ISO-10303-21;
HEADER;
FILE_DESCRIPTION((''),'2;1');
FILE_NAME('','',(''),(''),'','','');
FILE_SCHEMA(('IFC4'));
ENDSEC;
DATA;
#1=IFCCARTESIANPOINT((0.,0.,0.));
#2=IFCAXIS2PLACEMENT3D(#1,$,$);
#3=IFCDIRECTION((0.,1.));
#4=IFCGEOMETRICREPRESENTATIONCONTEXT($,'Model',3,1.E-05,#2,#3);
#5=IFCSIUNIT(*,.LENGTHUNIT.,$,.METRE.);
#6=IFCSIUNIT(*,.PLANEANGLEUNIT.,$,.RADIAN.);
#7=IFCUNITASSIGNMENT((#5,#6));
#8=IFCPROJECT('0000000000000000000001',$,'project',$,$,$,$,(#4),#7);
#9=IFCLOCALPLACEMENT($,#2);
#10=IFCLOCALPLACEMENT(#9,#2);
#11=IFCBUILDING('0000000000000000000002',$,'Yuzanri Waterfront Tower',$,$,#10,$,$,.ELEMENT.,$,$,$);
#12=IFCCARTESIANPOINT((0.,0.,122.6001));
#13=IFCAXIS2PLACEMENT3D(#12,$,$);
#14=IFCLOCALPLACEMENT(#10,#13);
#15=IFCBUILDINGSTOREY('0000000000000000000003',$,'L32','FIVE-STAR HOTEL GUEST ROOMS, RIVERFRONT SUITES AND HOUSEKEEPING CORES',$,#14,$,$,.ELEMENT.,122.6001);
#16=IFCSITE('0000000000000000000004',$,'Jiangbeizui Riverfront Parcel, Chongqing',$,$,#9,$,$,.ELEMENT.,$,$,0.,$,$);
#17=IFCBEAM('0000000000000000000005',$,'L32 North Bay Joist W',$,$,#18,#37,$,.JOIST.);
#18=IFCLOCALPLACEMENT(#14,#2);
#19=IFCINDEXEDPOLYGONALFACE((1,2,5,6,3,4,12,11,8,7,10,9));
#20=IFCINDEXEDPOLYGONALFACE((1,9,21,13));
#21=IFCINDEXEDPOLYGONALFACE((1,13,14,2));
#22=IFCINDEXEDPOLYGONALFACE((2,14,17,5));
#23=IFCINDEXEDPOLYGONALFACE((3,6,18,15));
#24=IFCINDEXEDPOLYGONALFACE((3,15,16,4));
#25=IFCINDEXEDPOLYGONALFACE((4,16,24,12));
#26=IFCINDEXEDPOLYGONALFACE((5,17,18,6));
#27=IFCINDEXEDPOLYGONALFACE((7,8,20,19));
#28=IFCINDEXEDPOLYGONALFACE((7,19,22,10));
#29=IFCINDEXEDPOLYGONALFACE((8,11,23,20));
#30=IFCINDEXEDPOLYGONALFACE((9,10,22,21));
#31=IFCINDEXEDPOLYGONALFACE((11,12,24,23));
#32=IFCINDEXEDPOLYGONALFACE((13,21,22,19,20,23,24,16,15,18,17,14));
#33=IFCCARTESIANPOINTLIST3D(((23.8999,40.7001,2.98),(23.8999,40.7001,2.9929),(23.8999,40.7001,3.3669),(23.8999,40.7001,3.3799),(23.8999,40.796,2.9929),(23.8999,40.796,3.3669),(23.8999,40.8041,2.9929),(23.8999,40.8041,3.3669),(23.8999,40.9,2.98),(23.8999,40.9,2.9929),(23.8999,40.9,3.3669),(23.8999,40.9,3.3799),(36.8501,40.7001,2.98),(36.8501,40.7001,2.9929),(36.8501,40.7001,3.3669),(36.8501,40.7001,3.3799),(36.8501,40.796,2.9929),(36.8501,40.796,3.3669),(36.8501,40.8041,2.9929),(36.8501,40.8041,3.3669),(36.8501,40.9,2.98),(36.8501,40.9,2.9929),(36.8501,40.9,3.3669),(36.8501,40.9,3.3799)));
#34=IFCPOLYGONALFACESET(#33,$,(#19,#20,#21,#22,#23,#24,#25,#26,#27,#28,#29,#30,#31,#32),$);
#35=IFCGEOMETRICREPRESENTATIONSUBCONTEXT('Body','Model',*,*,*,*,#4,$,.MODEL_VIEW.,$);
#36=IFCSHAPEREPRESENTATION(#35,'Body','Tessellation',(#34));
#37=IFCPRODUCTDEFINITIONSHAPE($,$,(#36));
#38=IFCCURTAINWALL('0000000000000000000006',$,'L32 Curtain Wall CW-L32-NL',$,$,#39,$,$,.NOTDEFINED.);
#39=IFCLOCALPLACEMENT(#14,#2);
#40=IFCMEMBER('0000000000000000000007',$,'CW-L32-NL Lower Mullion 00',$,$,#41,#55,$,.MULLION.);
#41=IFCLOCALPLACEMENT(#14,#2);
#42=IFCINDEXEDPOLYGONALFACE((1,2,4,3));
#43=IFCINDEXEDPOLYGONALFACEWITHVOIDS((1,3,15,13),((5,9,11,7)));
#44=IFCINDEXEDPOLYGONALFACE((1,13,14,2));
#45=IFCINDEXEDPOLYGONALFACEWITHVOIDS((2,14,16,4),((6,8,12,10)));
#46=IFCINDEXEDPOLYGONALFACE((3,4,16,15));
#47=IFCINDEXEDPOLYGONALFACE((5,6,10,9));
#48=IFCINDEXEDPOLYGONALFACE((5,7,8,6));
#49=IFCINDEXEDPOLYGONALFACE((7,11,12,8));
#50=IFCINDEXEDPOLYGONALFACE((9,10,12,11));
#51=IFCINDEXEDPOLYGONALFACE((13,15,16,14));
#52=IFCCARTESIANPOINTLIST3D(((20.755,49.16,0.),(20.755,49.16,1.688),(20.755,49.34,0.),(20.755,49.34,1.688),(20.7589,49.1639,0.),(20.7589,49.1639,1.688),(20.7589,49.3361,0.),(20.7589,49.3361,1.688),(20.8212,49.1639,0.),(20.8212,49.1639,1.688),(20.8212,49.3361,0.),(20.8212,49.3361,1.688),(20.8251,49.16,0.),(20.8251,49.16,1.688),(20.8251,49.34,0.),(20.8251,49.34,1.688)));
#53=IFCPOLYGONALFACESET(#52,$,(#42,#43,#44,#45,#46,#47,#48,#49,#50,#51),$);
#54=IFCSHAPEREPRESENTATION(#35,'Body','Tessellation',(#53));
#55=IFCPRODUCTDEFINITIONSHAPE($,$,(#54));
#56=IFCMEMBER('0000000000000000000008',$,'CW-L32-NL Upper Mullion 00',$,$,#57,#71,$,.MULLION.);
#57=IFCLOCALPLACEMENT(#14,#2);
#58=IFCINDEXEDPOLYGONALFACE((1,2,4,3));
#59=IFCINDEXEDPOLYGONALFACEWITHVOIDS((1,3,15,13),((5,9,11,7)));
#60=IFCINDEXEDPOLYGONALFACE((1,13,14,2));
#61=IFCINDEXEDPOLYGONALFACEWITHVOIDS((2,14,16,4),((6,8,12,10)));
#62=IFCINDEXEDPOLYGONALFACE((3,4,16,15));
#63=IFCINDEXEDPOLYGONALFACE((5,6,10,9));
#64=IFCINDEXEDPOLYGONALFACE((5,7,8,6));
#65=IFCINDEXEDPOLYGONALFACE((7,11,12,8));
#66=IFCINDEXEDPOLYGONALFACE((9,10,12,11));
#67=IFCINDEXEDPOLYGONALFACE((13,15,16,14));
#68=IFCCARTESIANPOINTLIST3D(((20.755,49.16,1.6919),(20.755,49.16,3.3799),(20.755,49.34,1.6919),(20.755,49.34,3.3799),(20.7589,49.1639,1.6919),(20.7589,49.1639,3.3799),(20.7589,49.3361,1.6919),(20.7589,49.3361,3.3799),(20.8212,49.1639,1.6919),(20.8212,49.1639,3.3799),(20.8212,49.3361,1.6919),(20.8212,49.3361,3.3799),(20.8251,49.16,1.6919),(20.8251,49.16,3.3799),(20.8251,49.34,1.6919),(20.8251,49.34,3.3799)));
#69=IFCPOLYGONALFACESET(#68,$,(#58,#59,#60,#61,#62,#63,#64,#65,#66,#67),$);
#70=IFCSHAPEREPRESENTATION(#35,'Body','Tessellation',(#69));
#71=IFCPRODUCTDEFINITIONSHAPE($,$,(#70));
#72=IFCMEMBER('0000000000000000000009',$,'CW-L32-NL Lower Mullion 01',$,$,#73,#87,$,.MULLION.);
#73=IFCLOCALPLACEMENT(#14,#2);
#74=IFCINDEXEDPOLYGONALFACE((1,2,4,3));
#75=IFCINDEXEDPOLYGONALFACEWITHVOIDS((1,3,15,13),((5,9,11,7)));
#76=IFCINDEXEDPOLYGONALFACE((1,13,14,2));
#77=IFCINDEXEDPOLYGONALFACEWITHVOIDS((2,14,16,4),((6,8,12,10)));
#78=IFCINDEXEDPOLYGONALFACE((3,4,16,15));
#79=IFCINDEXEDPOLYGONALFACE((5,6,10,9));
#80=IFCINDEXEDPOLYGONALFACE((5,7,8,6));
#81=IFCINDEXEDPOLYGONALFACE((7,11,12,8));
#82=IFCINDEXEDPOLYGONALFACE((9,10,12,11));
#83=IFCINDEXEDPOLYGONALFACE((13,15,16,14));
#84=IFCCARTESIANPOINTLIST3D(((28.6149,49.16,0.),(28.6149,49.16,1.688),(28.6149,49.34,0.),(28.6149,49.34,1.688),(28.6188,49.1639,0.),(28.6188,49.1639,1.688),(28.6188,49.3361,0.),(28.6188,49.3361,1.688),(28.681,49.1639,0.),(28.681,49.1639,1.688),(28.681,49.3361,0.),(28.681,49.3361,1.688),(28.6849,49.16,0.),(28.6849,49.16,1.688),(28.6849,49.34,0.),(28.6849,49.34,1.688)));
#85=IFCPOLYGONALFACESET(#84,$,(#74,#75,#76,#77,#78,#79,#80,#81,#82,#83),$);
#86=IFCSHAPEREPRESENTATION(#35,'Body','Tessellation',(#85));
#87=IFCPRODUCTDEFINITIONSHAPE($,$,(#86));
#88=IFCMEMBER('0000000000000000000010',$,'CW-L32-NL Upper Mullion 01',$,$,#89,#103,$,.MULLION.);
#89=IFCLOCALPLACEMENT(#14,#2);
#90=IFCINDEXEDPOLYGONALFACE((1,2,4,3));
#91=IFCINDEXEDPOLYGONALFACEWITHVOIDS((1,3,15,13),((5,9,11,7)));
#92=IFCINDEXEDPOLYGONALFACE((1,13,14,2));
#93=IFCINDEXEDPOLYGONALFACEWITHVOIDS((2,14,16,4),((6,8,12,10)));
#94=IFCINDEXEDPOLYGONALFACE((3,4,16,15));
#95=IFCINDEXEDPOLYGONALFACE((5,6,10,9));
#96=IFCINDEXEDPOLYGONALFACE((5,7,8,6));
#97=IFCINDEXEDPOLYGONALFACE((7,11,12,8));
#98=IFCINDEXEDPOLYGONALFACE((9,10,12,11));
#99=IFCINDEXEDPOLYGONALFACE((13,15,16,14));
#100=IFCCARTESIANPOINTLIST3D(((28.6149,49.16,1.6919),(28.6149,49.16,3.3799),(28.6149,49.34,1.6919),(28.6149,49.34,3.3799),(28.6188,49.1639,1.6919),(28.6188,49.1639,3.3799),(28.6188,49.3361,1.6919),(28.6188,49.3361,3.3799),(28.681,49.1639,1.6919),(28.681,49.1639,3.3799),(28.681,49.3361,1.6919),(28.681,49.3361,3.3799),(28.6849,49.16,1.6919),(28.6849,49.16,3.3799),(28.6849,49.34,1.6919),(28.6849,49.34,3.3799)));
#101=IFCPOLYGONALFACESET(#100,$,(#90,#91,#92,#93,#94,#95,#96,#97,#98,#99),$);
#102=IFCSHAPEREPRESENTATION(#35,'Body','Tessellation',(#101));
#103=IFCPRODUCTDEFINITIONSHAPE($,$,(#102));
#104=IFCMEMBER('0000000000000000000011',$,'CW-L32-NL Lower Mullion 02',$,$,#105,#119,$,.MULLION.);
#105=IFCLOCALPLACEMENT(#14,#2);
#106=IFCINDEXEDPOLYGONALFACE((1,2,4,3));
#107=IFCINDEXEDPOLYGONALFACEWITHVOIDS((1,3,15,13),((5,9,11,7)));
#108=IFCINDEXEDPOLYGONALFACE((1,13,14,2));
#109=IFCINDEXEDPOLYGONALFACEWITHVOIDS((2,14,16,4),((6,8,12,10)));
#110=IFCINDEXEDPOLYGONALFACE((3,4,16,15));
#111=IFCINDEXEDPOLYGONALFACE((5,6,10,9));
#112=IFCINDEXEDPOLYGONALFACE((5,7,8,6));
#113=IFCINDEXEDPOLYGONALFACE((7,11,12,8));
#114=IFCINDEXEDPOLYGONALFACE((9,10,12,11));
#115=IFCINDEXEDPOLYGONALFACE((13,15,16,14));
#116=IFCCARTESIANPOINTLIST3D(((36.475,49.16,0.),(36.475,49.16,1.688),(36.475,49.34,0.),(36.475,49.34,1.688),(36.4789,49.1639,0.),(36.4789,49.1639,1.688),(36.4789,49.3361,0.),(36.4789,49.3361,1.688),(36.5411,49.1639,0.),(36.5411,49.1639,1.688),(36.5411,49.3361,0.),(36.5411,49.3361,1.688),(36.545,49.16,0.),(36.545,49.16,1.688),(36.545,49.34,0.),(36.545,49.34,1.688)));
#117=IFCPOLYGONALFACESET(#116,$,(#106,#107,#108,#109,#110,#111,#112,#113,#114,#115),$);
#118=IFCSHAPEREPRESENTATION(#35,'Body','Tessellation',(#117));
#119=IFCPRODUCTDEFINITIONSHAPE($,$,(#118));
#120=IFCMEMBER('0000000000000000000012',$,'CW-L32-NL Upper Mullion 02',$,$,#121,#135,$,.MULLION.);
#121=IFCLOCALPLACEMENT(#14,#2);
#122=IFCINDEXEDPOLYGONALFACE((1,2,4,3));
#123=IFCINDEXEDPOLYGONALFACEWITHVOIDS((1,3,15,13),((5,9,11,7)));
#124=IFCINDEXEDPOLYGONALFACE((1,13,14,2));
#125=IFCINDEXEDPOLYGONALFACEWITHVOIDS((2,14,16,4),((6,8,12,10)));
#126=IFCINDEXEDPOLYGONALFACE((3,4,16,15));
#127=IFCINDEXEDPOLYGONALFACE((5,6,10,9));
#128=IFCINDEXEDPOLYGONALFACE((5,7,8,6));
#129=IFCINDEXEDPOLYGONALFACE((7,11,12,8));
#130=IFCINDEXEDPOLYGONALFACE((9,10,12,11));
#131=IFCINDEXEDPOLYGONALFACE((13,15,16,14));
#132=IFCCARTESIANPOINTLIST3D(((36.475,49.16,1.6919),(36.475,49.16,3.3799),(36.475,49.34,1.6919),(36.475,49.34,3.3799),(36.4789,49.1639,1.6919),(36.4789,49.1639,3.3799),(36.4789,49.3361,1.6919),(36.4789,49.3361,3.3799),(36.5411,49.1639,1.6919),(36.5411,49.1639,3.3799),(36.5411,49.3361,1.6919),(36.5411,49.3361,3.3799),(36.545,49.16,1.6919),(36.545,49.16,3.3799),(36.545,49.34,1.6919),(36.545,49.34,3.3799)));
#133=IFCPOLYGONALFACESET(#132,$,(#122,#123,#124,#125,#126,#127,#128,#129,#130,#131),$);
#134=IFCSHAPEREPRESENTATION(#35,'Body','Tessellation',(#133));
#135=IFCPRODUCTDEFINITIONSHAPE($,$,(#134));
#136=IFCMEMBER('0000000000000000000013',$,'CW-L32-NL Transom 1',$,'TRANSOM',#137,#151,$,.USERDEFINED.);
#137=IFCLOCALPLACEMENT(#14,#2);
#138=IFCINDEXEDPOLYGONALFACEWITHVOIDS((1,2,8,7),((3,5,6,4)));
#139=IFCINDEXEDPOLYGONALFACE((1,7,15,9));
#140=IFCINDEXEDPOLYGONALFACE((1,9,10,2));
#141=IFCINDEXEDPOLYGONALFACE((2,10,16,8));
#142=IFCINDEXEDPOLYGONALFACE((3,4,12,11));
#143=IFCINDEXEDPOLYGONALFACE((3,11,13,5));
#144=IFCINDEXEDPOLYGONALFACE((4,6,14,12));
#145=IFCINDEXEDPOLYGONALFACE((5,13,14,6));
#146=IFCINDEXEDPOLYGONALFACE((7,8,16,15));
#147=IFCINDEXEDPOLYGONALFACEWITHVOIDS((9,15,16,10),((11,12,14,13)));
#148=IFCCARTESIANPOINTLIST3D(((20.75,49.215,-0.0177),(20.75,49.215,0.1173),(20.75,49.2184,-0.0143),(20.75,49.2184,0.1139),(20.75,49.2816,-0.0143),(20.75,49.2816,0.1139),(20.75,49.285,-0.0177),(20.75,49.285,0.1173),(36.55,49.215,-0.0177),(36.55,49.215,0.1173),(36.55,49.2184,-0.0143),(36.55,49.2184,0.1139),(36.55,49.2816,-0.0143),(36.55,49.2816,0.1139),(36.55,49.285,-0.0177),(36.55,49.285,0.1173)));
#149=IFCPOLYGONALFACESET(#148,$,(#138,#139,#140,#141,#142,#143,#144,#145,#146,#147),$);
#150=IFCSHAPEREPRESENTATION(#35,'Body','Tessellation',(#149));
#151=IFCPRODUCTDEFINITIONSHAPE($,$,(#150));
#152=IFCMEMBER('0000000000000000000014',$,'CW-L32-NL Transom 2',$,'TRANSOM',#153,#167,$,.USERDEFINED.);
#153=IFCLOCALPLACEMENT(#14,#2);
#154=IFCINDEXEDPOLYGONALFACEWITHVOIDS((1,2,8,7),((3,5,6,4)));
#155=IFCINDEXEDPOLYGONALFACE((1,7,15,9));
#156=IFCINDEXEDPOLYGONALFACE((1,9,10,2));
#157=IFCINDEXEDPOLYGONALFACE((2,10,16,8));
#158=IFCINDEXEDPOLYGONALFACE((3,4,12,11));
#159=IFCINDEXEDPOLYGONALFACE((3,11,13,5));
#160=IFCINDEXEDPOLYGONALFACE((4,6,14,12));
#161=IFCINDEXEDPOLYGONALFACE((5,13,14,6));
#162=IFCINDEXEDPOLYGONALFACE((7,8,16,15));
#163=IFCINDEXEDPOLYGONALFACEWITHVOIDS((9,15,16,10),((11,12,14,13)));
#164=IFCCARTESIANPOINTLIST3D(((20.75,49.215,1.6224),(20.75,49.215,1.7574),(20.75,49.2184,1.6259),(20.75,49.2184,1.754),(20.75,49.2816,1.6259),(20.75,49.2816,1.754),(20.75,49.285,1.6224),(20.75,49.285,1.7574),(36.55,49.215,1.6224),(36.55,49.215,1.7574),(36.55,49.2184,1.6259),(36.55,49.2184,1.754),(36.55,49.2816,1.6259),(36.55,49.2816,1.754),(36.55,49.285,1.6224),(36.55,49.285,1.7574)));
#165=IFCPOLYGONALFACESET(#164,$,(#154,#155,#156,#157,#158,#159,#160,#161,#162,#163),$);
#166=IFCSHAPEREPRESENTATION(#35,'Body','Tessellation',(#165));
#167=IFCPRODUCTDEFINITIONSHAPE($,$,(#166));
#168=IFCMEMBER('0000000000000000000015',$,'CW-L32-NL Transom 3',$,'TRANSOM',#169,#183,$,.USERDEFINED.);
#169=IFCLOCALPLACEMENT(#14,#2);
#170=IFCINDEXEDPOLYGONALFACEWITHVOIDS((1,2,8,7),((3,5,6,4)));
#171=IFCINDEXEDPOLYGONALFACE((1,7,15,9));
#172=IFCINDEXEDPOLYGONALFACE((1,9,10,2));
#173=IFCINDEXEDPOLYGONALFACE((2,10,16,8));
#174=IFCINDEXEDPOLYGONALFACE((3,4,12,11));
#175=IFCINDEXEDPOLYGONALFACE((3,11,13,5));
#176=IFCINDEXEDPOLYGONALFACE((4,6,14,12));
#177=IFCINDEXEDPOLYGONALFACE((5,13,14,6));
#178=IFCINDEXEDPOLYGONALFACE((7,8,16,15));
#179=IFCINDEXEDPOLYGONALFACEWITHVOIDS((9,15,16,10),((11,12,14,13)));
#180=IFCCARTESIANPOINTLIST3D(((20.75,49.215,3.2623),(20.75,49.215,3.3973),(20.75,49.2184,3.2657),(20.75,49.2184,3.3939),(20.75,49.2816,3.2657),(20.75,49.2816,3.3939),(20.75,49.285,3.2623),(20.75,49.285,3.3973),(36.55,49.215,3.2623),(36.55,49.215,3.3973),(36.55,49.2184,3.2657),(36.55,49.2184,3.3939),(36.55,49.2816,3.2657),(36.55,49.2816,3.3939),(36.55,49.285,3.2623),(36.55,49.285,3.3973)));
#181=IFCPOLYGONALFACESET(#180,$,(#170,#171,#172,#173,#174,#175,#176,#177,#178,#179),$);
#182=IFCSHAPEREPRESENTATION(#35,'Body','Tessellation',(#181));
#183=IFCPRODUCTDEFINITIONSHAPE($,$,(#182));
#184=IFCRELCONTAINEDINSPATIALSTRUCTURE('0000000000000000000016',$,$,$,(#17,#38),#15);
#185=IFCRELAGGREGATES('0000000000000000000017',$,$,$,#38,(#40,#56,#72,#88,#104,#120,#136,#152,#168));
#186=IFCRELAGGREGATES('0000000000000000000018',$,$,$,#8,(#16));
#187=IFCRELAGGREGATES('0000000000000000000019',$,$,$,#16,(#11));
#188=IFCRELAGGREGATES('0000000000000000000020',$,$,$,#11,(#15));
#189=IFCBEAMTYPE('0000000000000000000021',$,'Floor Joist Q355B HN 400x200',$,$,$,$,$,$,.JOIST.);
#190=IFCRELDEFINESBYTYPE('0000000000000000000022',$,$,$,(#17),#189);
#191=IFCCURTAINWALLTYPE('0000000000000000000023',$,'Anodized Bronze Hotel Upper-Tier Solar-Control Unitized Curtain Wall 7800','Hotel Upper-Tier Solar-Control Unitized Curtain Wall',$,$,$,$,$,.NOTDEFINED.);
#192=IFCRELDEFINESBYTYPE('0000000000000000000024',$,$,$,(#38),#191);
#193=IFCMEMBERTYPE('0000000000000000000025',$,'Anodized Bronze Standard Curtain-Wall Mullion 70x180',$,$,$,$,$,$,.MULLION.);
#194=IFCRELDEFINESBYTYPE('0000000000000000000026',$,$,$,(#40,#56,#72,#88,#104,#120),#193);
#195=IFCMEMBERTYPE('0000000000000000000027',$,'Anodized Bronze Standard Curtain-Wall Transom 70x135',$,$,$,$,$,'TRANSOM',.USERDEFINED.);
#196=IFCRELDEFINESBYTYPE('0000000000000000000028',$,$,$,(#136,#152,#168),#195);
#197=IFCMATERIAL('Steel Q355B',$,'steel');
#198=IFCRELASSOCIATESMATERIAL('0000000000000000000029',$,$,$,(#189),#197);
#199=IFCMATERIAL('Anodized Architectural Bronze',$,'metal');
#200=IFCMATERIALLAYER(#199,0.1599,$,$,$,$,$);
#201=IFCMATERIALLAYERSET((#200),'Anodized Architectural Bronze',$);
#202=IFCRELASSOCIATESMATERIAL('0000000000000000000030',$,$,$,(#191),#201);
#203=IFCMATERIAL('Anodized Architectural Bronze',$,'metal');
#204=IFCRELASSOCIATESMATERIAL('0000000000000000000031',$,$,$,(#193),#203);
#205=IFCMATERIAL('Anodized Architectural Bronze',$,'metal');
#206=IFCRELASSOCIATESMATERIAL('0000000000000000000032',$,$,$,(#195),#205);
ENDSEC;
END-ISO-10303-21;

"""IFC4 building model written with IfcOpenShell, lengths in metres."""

from ifc_helpers import new_model, si_unit, direction, frame, origin, origin_2d, place, context, subcontext, project, spatial, hollow_rectangle, i_section, extrude, source, transform, mapped, material, layer, layer_set, material_profile, profile_set, type_object, element, aggregate, save


model = new_model("IFC4")

# Units and contexts
model_context = context("Model", 3, precision=1e-05, world=origin(), true_north=direction((0.0, 1.0)))
body_context = subcontext(model_context, "Body", "Model", "MODEL_VIEW")
ifc_project = project(units=[si_unit("LENGTHUNIT", "METRE"), si_unit("PLANEANGLEUNIT", "RADIAN")], contexts=[model_context])

# Site, building, storey
site_placement = place(None, origin())
site = spatial("IfcSite", under=ifc_project, at=site_placement, Name="Jiangbeizui Riverfront Parcel, Chongqing", CompositionType="ELEMENT", RefElevation=0.0)
building_placement = place(site_placement, origin())
building = spatial("IfcBuilding", under=site, at=building_placement, Name="Yuzanri Waterfront Tower", CompositionType="ELEMENT")
storey_placement = place(building_placement, frame((0.0, 0.0, 122.6001)))
storey = spatial("IfcBuildingStorey", under=building, at=storey_placement, Name="L32", Description="FIVE-STAR HOTEL GUEST ROOMS, RIVERFRONT SUITES AND HOUSEKEEPING CORES", CompositionType="ELEMENT", Elevation=122.6001)

# Beam
ifc_material_1 = material(Name="Steel Q355B", Category="steel")
ifc_material_profile_1 = material_profile(ifc_material_1, i_section(OverallWidth=0.2, OverallDepth=0.3999, WebThickness=0.0081, FlangeThickness=0.0129, at=origin_2d()), Name="HN 400x200x8x13")
ifc_profile_set_1 = profile_set([ifc_material_profile_1], Name="Steel Q355B")
beam_type = type_object("IfcBeamType", Name="Floor Joist Q355B HN 400x200", PredefinedType="JOIST", material=ifc_profile_set_1)
shared_shape_1 = source(origin(), body_context, "Body", "SweptSolid", [
    extrude(i_section(OverallWidth=0.2, OverallDepth=0.3999, WebThickness=0.0081, FlangeThickness=0.0129, at=origin_2d()), origin(), (0.0, 0.0, 1.0), 12.9502),
])
beam_placement = place(storey_placement, frame((23.8999, 40.8, 3.1799), z_axis=(1.0, 0.0, 0.0), x_axis=(0.0, 1.0, 0.0)))
element("IfcBeam", 1, at=beam_placement, inside=storey, type_object=beam_type, Name="L32 North Bay Joist W", PredefinedType="JOIST", context=body_context, shape_type="MappedRepresentation", body=[
    mapped(shared_shape_1, transform((0.0, 0.0, 0.0), scale=1.0)),
])

# Curtain wall, members
ifc_material_2 = material(Name="Anodized Architectural Bronze", Category="metal")
ifc_layer_1 = layer(ifc_material_2, 0.1599)
ifc_layer_set_1 = layer_set([ifc_layer_1], Name="Anodized Architectural Bronze")
curtain_wall_type = type_object("IfcCurtainWallType", Name="Anodized Bronze Hotel Upper-Tier Solar-Control Unitized Curtain Wall 7800", Description="Hotel Upper-Tier Solar-Control Unitized Curtain Wall", PredefinedType="NOTDEFINED", material=ifc_layer_set_1)
curtain_wall_placement = place(storey_placement, origin())
curtain_wall = element("IfcCurtainWall", 2, at=curtain_wall_placement, inside=storey, type_object=curtain_wall_type, Name="L32 Curtain Wall CW-L32-NL", PredefinedType="NOTDEFINED")
ifc_material_3 = material(Name="Anodized Architectural Bronze", Category="metal")
ifc_material_profile_2 = material_profile(ifc_material_3, hollow_rectangle(XDim=0.0701, YDim=0.1799, WallThickness=0.0039, at=origin_2d()), Name="CWM 70x180")
ifc_profile_set_2 = profile_set([ifc_material_profile_2], Name="Anodized Architectural Bronze")
member_type_1 = type_object("IfcMemberType", Name="Anodized Bronze Standard Curtain-Wall Mullion 70x180", PredefinedType="MULLION", material=ifc_profile_set_2)
shared_shape_2 = source(origin(), body_context, "Body", "SweptSolid", [
    extrude(hollow_rectangle(XDim=0.0701, YDim=0.1799, WallThickness=0.0039, at=origin_2d()), origin(), (0.0, 0.0, 1.0), 1.688),
])
member_1_placement = place(storey_placement, frame((20.79, 49.25, 0.0), z_axis=(0.0, 0.0, 1.0), x_axis=(1.0, 0.0, 0.0)))
member_1 = element("IfcMember", 3, at=member_1_placement, type_object=member_type_1, Name="CW-L32-NL Lower Mullion 00", PredefinedType="MULLION", context=body_context, shape_type="MappedRepresentation", body=[
    mapped(shared_shape_2, transform((0.0, 0.0, 0.0), scale=1.0)),
])
member_2_placement = place(storey_placement, frame((20.79, 49.25, 1.6919), z_axis=(0.0, 0.0, 1.0), x_axis=(1.0, 0.0, 0.0)))
member_2 = element("IfcMember", 4, at=member_2_placement, type_object=member_type_1, Name="CW-L32-NL Upper Mullion 00", PredefinedType="MULLION", context=body_context, shape_type="MappedRepresentation", body=[
    mapped(shared_shape_2, transform((0.0, 0.0, 0.0), scale=1.0)),
])
member_3_placement = place(storey_placement, frame((28.6499, 49.25, 0.0), z_axis=(0.0, 0.0, 1.0), x_axis=(1.0, 0.0, 0.0)))
member_3 = element("IfcMember", 5, at=member_3_placement, type_object=member_type_1, Name="CW-L32-NL Lower Mullion 01", PredefinedType="MULLION", context=body_context, shape_type="MappedRepresentation", body=[
    mapped(shared_shape_2, transform((0.0, 0.0, 0.0), scale=1.0)),
])
member_4_placement = place(storey_placement, frame((28.6499, 49.25, 1.6919), z_axis=(0.0, 0.0, 1.0), x_axis=(1.0, 0.0, 0.0)))
member_4 = element("IfcMember", 6, at=member_4_placement, type_object=member_type_1, Name="CW-L32-NL Upper Mullion 01", PredefinedType="MULLION", context=body_context, shape_type="MappedRepresentation", body=[
    mapped(shared_shape_2, transform((0.0, 0.0, 0.0), scale=1.0)),
])
member_5_placement = place(storey_placement, frame((36.51, 49.25, 0.0), z_axis=(0.0, 0.0, 1.0), x_axis=(1.0, 0.0, 0.0)))
member_5 = element("IfcMember", 7, at=member_5_placement, type_object=member_type_1, Name="CW-L32-NL Lower Mullion 02", PredefinedType="MULLION", context=body_context, shape_type="MappedRepresentation", body=[
    mapped(shared_shape_2, transform((0.0, 0.0, 0.0), scale=1.0)),
])
member_6_placement = place(storey_placement, frame((36.51, 49.25, 1.6919), z_axis=(0.0, 0.0, 1.0), x_axis=(1.0, 0.0, 0.0)))
member_6 = element("IfcMember", 8, at=member_6_placement, type_object=member_type_1, Name="CW-L32-NL Upper Mullion 02", PredefinedType="MULLION", context=body_context, shape_type="MappedRepresentation", body=[
    mapped(shared_shape_2, transform((0.0, 0.0, 0.0), scale=1.0)),
])
ifc_material_4 = material(Name="Anodized Architectural Bronze", Category="metal")
ifc_material_profile_3 = material_profile(ifc_material_4, hollow_rectangle(XDim=0.0701, YDim=0.135, WallThickness=0.0034, at=origin_2d()), Name="CWT 70x135")
ifc_profile_set_3 = profile_set([ifc_material_profile_3], Name="Anodized Architectural Bronze")
member_type_2 = type_object("IfcMemberType", Name="Anodized Bronze Standard Curtain-Wall Transom 70x135", ElementType="TRANSOM", PredefinedType="USERDEFINED", material=ifc_profile_set_3)
shared_shape_3 = source(origin(), body_context, "Body", "SweptSolid", [
    extrude(hollow_rectangle(XDim=0.0701, YDim=0.135, WallThickness=0.0034, at=origin_2d()), origin(), (0.0, 0.0, 1.0), 15.8),
])
member_7_placement = place(storey_placement, frame((20.75, 49.25, 0.0498), z_axis=(1.0, 0.0, 0.0), x_axis=(0.0, 1.0, 0.0)))
member_7 = element("IfcMember", 9, at=member_7_placement, type_object=member_type_2, Name="CW-L32-NL Transom 1", ObjectType="TRANSOM", PredefinedType="USERDEFINED", context=body_context, shape_type="MappedRepresentation", body=[
    mapped(shared_shape_3, transform((0.0, 0.0, 0.0), scale=1.0)),
])
member_8_placement = place(storey_placement, frame((20.75, 49.25, 1.6899), z_axis=(1.0, 0.0, 0.0), x_axis=(0.0, 1.0, 0.0)))
member_8 = element("IfcMember", 10, at=member_8_placement, type_object=member_type_2, Name="CW-L32-NL Transom 2", ObjectType="TRANSOM", PredefinedType="USERDEFINED", context=body_context, shape_type="MappedRepresentation", body=[
    mapped(shared_shape_3, transform((0.0, 0.0, 0.0), scale=1.0)),
])
member_9_placement = place(storey_placement, frame((20.75, 49.25, 3.3298), z_axis=(1.0, 0.0, 0.0), x_axis=(0.0, 1.0, 0.0)))
member_9 = element("IfcMember", 11, at=member_9_placement, type_object=member_type_2, Name="CW-L32-NL Transom 3", ObjectType="TRANSOM", PredefinedType="USERDEFINED", context=body_context, shape_type="MappedRepresentation", body=[
    mapped(shared_shape_3, transform((0.0, 0.0, 0.0), scale=1.0)),
])
aggregate(curtain_wall, [member_1, member_2, member_3, member_4, member_5, member_6, member_7, member_8, member_9])

save(model, "model.ifc")
